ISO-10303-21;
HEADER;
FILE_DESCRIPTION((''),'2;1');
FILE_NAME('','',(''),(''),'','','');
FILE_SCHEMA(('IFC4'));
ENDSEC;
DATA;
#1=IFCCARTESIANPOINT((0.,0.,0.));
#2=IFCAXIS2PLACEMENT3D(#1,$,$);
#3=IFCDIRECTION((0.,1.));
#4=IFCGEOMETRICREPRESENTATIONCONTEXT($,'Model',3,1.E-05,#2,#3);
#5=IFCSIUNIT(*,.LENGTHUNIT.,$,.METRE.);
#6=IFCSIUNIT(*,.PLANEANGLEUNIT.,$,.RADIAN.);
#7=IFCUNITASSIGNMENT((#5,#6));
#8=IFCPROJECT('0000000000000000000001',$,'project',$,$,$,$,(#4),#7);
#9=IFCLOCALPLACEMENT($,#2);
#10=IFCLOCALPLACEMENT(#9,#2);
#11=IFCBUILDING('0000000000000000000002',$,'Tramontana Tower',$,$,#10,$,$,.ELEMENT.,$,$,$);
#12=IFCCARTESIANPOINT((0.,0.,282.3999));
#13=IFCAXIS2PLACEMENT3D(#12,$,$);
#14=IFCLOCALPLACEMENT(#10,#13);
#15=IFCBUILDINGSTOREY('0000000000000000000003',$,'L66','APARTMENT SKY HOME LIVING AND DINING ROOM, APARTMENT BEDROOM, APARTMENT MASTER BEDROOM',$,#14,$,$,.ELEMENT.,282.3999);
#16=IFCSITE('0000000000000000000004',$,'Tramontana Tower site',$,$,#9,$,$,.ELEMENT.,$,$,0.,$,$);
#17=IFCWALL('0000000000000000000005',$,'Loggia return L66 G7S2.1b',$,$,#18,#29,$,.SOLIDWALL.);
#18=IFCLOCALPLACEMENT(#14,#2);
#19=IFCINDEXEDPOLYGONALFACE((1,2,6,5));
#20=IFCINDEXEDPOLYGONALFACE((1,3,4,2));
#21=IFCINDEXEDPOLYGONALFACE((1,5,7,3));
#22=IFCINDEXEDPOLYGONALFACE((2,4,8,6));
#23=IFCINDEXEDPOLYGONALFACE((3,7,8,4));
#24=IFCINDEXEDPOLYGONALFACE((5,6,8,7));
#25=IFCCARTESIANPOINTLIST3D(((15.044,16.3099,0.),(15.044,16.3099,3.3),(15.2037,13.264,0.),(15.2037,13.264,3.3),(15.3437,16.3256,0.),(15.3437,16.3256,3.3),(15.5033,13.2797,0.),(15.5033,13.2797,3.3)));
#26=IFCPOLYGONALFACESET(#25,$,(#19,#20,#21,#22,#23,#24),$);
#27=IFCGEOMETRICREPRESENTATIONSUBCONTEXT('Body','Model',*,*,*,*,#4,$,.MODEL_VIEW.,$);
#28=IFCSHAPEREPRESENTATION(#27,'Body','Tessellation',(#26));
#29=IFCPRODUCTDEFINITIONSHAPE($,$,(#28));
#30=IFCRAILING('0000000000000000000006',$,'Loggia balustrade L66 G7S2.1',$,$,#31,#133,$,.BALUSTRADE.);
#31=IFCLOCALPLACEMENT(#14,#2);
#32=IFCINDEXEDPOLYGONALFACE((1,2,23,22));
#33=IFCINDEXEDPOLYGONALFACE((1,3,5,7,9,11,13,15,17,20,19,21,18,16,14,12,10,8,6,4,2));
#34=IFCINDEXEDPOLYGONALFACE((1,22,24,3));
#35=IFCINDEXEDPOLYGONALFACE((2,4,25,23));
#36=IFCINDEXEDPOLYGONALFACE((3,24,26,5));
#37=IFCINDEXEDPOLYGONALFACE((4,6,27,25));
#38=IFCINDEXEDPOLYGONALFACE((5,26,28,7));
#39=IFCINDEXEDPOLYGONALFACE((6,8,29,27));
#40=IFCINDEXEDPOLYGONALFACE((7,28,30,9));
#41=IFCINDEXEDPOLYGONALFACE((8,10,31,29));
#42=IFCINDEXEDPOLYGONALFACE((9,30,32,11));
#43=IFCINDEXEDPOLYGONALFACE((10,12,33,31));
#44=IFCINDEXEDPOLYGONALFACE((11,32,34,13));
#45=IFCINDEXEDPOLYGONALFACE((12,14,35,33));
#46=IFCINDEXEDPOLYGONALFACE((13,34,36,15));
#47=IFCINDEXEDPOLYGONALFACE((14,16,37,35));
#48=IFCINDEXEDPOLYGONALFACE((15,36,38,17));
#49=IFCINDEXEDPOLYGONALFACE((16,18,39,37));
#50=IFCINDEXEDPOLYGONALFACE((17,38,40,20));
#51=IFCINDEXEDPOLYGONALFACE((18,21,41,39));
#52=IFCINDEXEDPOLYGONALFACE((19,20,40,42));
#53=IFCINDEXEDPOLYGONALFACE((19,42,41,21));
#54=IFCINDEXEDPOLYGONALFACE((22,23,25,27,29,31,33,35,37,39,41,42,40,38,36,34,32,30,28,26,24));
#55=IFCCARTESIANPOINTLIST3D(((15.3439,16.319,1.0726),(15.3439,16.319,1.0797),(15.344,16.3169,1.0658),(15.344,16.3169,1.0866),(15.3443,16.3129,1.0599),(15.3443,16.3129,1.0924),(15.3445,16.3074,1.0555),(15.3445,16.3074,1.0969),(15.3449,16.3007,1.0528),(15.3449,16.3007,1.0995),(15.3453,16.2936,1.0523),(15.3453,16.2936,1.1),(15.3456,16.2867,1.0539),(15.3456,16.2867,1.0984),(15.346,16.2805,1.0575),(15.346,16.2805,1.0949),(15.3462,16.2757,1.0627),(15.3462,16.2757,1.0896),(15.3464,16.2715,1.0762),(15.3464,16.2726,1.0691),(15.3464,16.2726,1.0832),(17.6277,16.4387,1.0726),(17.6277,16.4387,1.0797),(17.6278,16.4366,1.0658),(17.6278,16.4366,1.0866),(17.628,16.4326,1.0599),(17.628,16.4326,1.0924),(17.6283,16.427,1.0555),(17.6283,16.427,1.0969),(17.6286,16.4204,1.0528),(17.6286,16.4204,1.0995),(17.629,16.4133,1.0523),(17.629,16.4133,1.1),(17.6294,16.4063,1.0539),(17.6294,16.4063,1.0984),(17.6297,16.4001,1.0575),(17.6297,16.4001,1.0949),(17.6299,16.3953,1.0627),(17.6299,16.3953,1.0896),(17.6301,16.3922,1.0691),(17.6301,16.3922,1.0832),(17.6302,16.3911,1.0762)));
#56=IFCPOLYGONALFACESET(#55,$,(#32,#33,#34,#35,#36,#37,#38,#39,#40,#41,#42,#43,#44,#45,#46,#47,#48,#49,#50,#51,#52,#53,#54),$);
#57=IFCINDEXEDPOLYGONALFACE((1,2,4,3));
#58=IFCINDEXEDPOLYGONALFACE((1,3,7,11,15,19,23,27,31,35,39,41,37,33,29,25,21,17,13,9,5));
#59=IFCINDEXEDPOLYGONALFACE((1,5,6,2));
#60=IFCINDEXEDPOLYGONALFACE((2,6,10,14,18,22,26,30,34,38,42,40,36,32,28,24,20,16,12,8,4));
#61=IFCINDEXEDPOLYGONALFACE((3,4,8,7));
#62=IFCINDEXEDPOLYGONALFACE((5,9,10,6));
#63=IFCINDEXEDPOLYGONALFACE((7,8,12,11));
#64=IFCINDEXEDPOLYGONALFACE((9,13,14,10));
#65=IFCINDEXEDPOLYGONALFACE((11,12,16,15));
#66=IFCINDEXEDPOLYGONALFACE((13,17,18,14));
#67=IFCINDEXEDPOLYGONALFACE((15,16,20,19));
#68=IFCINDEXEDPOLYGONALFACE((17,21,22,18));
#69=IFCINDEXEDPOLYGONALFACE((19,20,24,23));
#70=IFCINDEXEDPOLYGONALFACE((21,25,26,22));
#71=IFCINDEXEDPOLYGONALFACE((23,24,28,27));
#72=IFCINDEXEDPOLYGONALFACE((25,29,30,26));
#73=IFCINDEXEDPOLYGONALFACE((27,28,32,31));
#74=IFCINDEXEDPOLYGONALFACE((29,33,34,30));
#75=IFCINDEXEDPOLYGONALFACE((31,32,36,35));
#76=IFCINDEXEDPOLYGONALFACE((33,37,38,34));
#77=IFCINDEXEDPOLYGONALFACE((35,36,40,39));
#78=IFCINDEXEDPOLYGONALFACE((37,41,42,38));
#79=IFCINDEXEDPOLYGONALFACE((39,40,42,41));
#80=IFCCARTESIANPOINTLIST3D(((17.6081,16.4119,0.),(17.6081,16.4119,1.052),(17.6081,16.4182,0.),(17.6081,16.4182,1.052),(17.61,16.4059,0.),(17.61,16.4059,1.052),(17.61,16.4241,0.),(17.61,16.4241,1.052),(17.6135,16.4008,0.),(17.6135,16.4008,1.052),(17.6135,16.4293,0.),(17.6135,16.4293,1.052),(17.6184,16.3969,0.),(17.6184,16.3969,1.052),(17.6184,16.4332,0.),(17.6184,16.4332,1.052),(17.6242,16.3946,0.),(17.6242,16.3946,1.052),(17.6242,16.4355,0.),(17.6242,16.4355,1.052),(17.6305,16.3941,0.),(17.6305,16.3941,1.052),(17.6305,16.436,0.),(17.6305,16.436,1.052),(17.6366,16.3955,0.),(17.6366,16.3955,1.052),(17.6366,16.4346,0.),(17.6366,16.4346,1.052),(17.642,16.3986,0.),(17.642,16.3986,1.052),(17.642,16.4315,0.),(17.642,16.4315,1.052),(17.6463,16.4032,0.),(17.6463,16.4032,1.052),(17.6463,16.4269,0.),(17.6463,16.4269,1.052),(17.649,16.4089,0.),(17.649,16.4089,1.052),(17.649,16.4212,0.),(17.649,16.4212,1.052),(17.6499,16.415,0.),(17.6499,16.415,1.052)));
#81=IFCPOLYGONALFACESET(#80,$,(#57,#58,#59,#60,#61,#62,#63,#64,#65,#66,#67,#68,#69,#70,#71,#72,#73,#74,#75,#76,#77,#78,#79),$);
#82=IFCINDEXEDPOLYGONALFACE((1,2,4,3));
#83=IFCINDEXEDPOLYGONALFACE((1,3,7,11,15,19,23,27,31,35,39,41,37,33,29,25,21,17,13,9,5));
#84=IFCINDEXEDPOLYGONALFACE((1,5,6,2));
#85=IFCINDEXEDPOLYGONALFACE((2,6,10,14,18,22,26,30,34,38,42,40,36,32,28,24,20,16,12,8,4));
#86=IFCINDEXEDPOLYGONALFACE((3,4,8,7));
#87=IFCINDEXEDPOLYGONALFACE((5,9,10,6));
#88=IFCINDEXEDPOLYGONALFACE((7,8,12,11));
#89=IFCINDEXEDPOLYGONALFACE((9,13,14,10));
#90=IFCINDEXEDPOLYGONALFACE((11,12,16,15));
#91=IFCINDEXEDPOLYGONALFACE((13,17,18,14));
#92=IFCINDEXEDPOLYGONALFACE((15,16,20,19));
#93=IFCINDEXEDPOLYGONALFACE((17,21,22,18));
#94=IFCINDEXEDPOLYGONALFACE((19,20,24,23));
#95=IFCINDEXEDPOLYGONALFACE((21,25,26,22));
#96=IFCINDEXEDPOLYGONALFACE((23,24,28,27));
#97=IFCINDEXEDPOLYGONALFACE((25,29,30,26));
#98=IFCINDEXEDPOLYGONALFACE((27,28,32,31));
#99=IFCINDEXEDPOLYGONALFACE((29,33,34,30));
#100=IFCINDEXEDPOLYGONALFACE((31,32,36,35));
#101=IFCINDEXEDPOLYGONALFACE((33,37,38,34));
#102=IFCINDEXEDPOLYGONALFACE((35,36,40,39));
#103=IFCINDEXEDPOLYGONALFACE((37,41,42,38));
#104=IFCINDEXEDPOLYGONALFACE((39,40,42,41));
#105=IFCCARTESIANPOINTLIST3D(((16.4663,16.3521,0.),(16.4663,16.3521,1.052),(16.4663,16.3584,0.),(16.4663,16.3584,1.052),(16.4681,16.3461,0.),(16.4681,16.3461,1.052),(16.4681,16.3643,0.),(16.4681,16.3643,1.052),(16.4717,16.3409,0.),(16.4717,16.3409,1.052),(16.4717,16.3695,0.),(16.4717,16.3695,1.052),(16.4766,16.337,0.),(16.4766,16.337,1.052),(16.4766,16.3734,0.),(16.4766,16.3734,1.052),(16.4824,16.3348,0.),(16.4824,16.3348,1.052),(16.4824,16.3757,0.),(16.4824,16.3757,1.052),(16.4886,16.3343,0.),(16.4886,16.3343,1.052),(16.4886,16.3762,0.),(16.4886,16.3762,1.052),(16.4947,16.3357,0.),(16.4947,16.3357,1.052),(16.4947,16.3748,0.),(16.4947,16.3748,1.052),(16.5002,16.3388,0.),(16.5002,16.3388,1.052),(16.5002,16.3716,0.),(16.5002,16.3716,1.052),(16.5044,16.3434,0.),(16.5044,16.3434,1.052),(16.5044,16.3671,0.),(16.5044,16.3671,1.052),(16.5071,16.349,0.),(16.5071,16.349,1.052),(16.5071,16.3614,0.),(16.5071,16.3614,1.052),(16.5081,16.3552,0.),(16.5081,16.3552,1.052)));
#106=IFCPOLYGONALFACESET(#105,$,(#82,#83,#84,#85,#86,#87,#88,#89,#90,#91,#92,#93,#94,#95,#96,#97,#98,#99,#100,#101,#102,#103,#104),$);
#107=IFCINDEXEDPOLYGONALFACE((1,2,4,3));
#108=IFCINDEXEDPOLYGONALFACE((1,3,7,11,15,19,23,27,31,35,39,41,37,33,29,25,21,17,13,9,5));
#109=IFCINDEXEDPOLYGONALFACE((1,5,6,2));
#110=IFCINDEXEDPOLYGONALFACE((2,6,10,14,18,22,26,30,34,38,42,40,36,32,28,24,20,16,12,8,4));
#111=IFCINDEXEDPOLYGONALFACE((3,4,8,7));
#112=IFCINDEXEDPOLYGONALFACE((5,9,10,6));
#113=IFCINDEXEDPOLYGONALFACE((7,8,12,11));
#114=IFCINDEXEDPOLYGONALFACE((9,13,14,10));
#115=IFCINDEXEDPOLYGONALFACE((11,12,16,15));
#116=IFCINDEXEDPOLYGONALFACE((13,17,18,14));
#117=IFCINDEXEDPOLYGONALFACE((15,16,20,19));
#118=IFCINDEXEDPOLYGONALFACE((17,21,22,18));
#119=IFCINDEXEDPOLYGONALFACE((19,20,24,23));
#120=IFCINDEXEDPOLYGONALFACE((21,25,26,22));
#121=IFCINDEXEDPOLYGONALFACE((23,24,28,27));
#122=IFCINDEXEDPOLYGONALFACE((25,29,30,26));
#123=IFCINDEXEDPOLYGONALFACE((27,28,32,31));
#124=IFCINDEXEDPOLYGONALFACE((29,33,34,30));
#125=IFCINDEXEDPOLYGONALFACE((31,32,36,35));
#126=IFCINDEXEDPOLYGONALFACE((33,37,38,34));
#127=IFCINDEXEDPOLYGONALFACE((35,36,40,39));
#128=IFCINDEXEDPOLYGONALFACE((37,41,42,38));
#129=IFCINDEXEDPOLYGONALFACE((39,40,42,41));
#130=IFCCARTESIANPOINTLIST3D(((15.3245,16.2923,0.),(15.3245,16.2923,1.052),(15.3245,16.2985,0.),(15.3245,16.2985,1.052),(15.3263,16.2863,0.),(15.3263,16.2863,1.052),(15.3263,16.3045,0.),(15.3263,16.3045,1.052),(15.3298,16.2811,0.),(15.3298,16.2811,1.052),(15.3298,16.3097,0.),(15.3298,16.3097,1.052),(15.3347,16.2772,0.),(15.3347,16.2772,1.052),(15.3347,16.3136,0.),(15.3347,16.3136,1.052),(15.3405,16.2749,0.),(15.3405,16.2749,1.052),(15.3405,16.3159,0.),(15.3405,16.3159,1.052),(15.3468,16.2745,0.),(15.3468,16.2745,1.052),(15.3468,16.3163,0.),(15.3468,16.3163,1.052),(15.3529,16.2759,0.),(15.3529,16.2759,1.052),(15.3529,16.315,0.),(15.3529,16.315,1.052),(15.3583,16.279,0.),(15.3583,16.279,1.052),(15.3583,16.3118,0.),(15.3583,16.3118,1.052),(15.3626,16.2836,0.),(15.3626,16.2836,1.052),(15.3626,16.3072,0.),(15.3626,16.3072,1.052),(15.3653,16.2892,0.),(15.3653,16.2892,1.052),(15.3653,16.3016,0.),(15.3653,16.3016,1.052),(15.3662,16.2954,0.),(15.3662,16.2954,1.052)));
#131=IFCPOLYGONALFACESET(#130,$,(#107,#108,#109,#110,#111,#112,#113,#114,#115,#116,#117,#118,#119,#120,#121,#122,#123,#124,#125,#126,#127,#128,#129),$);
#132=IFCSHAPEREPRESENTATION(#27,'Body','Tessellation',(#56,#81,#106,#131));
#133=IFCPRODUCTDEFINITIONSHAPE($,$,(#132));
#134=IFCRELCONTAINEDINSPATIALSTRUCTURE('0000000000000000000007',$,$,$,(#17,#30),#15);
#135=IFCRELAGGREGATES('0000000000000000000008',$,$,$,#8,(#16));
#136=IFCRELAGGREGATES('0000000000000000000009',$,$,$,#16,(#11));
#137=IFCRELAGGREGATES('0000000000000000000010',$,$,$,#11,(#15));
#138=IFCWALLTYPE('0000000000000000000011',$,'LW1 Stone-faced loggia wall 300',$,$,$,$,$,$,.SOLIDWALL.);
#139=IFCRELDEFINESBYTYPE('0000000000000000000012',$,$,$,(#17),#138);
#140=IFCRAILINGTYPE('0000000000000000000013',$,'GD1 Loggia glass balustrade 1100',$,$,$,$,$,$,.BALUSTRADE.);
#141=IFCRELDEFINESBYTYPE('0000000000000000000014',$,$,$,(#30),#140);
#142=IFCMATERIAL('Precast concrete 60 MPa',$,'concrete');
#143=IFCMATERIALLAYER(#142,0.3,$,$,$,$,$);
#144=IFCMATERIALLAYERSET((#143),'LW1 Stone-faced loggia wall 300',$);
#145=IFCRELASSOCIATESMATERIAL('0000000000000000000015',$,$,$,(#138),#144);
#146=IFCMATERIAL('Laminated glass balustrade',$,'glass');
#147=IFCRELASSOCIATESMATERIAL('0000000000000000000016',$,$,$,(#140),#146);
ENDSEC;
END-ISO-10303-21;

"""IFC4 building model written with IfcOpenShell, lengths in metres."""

from ifc_helpers import new_model, si_unit, direction, frame, frame_2d, origin, origin_2d, place, context, subcontext, project, spatial, rectangle, circle, extrude, material, layer, layer_set, type_object, element, save


model = new_model("IFC4")

# Units and contexts
model_context = context("Model", 3, precision=1e-05, world=origin(), true_north=direction((0.0, 1.0)))
body_context = subcontext(model_context, "Body", "Model", "MODEL_VIEW")
ifc_project = project(units=[si_unit("LENGTHUNIT", "METRE"), si_unit("PLANEANGLEUNIT", "RADIAN")], contexts=[model_context])

# Site, building, storey
site_placement = place(None, origin())
site = spatial("IfcSite", under=ifc_project, at=site_placement, Name="Tramontana Tower site", CompositionType="ELEMENT", RefElevation=0.0)
building_placement = place(site_placement, origin())
building = spatial("IfcBuilding", under=site, at=building_placement, Name="Tramontana Tower", CompositionType="ELEMENT")
storey_placement = place(building_placement, frame((0.0, 0.0, 282.3999)))
storey = spatial("IfcBuildingStorey", under=building, at=storey_placement, Name="L66", Description="APARTMENT SKY HOME LIVING AND DINING ROOM, APARTMENT BEDROOM, APARTMENT MASTER BEDROOM", CompositionType="ELEMENT", Elevation=282.3999)

# Shared definitions
ifc_material_1 = material(Name="Precast concrete 60 MPa", Category="concrete")
ifc_layer_1 = layer(ifc_material_1, 0.3)
ifc_layer_set_1 = layer_set([ifc_layer_1], Name="LW1 Stone-faced loggia wall 300")
wall_type_1 = type_object("IfcWallType", Name="LW1 Stone-faced loggia wall 300", PredefinedType="SOLIDWALL", material=ifc_layer_set_1)

# Wall
wall_1_placement = place(storey_placement, frame((15.1938, 16.3176, 0.0), z_axis=(0.0, 0.0, 1.0), x_axis=(0.052349, -0.998629, 0.0)))
element("IfcWall", 1, at=wall_1_placement, inside=storey, type_object=wall_type_1, Name="Loggia return L66 G7S2.1b", PredefinedType="SOLIDWALL", context=body_context, shape_type="SweptSolid", body=[
    extrude(rectangle(XDim=3.05, YDim=0.3, at=frame_2d((1.5249, 0.0))), origin(), (0.0, 0.0, 1.0), 3.3),
])

# Railing
ifc_material_2 = material(Name="Laminated glass balustrade", Category="glass")
railing_type = type_object("IfcRailingType", Name="GD1 Loggia glass balustrade 1100", PredefinedType="BALUSTRADE", material=ifc_material_2)
railing_1_placement = place(storey_placement, frame((17.6289, 16.415, 0.0)))
element("IfcRailing", 2, at=railing_1_placement, inside=storey, type_object=railing_type, Name="Loggia balustrade L66 G7S2.1", PredefinedType="BALUSTRADE", context=body_context, shape_type="SweptSolid", body=[
    extrude(circle(Radius=0.0239, at=origin_2d()), frame((0.0, 0.0, 1.0762), z_axis=(-0.998631, -0.052312, 0.0), x_axis=(0.052312, -0.998631, 0.0)), (0.0, 0.0, 1.0), 2.2869),
    extrude(circle(Radius=0.021, at=origin_2d()), origin(), (0.0, 0.0, 1.0), 1.052),
    extrude(circle(Radius=0.021, at=origin_2d()), frame((-1.1418, -0.0598, 0.0)), (0.0, 0.0, 1.0), 1.052),
    extrude(circle(Radius=0.021, at=origin_2d()), frame((-2.2837, -0.1196, 0.0)), (0.0, 0.0, 1.0), 1.052),
])

save(model, "model.ifc")
